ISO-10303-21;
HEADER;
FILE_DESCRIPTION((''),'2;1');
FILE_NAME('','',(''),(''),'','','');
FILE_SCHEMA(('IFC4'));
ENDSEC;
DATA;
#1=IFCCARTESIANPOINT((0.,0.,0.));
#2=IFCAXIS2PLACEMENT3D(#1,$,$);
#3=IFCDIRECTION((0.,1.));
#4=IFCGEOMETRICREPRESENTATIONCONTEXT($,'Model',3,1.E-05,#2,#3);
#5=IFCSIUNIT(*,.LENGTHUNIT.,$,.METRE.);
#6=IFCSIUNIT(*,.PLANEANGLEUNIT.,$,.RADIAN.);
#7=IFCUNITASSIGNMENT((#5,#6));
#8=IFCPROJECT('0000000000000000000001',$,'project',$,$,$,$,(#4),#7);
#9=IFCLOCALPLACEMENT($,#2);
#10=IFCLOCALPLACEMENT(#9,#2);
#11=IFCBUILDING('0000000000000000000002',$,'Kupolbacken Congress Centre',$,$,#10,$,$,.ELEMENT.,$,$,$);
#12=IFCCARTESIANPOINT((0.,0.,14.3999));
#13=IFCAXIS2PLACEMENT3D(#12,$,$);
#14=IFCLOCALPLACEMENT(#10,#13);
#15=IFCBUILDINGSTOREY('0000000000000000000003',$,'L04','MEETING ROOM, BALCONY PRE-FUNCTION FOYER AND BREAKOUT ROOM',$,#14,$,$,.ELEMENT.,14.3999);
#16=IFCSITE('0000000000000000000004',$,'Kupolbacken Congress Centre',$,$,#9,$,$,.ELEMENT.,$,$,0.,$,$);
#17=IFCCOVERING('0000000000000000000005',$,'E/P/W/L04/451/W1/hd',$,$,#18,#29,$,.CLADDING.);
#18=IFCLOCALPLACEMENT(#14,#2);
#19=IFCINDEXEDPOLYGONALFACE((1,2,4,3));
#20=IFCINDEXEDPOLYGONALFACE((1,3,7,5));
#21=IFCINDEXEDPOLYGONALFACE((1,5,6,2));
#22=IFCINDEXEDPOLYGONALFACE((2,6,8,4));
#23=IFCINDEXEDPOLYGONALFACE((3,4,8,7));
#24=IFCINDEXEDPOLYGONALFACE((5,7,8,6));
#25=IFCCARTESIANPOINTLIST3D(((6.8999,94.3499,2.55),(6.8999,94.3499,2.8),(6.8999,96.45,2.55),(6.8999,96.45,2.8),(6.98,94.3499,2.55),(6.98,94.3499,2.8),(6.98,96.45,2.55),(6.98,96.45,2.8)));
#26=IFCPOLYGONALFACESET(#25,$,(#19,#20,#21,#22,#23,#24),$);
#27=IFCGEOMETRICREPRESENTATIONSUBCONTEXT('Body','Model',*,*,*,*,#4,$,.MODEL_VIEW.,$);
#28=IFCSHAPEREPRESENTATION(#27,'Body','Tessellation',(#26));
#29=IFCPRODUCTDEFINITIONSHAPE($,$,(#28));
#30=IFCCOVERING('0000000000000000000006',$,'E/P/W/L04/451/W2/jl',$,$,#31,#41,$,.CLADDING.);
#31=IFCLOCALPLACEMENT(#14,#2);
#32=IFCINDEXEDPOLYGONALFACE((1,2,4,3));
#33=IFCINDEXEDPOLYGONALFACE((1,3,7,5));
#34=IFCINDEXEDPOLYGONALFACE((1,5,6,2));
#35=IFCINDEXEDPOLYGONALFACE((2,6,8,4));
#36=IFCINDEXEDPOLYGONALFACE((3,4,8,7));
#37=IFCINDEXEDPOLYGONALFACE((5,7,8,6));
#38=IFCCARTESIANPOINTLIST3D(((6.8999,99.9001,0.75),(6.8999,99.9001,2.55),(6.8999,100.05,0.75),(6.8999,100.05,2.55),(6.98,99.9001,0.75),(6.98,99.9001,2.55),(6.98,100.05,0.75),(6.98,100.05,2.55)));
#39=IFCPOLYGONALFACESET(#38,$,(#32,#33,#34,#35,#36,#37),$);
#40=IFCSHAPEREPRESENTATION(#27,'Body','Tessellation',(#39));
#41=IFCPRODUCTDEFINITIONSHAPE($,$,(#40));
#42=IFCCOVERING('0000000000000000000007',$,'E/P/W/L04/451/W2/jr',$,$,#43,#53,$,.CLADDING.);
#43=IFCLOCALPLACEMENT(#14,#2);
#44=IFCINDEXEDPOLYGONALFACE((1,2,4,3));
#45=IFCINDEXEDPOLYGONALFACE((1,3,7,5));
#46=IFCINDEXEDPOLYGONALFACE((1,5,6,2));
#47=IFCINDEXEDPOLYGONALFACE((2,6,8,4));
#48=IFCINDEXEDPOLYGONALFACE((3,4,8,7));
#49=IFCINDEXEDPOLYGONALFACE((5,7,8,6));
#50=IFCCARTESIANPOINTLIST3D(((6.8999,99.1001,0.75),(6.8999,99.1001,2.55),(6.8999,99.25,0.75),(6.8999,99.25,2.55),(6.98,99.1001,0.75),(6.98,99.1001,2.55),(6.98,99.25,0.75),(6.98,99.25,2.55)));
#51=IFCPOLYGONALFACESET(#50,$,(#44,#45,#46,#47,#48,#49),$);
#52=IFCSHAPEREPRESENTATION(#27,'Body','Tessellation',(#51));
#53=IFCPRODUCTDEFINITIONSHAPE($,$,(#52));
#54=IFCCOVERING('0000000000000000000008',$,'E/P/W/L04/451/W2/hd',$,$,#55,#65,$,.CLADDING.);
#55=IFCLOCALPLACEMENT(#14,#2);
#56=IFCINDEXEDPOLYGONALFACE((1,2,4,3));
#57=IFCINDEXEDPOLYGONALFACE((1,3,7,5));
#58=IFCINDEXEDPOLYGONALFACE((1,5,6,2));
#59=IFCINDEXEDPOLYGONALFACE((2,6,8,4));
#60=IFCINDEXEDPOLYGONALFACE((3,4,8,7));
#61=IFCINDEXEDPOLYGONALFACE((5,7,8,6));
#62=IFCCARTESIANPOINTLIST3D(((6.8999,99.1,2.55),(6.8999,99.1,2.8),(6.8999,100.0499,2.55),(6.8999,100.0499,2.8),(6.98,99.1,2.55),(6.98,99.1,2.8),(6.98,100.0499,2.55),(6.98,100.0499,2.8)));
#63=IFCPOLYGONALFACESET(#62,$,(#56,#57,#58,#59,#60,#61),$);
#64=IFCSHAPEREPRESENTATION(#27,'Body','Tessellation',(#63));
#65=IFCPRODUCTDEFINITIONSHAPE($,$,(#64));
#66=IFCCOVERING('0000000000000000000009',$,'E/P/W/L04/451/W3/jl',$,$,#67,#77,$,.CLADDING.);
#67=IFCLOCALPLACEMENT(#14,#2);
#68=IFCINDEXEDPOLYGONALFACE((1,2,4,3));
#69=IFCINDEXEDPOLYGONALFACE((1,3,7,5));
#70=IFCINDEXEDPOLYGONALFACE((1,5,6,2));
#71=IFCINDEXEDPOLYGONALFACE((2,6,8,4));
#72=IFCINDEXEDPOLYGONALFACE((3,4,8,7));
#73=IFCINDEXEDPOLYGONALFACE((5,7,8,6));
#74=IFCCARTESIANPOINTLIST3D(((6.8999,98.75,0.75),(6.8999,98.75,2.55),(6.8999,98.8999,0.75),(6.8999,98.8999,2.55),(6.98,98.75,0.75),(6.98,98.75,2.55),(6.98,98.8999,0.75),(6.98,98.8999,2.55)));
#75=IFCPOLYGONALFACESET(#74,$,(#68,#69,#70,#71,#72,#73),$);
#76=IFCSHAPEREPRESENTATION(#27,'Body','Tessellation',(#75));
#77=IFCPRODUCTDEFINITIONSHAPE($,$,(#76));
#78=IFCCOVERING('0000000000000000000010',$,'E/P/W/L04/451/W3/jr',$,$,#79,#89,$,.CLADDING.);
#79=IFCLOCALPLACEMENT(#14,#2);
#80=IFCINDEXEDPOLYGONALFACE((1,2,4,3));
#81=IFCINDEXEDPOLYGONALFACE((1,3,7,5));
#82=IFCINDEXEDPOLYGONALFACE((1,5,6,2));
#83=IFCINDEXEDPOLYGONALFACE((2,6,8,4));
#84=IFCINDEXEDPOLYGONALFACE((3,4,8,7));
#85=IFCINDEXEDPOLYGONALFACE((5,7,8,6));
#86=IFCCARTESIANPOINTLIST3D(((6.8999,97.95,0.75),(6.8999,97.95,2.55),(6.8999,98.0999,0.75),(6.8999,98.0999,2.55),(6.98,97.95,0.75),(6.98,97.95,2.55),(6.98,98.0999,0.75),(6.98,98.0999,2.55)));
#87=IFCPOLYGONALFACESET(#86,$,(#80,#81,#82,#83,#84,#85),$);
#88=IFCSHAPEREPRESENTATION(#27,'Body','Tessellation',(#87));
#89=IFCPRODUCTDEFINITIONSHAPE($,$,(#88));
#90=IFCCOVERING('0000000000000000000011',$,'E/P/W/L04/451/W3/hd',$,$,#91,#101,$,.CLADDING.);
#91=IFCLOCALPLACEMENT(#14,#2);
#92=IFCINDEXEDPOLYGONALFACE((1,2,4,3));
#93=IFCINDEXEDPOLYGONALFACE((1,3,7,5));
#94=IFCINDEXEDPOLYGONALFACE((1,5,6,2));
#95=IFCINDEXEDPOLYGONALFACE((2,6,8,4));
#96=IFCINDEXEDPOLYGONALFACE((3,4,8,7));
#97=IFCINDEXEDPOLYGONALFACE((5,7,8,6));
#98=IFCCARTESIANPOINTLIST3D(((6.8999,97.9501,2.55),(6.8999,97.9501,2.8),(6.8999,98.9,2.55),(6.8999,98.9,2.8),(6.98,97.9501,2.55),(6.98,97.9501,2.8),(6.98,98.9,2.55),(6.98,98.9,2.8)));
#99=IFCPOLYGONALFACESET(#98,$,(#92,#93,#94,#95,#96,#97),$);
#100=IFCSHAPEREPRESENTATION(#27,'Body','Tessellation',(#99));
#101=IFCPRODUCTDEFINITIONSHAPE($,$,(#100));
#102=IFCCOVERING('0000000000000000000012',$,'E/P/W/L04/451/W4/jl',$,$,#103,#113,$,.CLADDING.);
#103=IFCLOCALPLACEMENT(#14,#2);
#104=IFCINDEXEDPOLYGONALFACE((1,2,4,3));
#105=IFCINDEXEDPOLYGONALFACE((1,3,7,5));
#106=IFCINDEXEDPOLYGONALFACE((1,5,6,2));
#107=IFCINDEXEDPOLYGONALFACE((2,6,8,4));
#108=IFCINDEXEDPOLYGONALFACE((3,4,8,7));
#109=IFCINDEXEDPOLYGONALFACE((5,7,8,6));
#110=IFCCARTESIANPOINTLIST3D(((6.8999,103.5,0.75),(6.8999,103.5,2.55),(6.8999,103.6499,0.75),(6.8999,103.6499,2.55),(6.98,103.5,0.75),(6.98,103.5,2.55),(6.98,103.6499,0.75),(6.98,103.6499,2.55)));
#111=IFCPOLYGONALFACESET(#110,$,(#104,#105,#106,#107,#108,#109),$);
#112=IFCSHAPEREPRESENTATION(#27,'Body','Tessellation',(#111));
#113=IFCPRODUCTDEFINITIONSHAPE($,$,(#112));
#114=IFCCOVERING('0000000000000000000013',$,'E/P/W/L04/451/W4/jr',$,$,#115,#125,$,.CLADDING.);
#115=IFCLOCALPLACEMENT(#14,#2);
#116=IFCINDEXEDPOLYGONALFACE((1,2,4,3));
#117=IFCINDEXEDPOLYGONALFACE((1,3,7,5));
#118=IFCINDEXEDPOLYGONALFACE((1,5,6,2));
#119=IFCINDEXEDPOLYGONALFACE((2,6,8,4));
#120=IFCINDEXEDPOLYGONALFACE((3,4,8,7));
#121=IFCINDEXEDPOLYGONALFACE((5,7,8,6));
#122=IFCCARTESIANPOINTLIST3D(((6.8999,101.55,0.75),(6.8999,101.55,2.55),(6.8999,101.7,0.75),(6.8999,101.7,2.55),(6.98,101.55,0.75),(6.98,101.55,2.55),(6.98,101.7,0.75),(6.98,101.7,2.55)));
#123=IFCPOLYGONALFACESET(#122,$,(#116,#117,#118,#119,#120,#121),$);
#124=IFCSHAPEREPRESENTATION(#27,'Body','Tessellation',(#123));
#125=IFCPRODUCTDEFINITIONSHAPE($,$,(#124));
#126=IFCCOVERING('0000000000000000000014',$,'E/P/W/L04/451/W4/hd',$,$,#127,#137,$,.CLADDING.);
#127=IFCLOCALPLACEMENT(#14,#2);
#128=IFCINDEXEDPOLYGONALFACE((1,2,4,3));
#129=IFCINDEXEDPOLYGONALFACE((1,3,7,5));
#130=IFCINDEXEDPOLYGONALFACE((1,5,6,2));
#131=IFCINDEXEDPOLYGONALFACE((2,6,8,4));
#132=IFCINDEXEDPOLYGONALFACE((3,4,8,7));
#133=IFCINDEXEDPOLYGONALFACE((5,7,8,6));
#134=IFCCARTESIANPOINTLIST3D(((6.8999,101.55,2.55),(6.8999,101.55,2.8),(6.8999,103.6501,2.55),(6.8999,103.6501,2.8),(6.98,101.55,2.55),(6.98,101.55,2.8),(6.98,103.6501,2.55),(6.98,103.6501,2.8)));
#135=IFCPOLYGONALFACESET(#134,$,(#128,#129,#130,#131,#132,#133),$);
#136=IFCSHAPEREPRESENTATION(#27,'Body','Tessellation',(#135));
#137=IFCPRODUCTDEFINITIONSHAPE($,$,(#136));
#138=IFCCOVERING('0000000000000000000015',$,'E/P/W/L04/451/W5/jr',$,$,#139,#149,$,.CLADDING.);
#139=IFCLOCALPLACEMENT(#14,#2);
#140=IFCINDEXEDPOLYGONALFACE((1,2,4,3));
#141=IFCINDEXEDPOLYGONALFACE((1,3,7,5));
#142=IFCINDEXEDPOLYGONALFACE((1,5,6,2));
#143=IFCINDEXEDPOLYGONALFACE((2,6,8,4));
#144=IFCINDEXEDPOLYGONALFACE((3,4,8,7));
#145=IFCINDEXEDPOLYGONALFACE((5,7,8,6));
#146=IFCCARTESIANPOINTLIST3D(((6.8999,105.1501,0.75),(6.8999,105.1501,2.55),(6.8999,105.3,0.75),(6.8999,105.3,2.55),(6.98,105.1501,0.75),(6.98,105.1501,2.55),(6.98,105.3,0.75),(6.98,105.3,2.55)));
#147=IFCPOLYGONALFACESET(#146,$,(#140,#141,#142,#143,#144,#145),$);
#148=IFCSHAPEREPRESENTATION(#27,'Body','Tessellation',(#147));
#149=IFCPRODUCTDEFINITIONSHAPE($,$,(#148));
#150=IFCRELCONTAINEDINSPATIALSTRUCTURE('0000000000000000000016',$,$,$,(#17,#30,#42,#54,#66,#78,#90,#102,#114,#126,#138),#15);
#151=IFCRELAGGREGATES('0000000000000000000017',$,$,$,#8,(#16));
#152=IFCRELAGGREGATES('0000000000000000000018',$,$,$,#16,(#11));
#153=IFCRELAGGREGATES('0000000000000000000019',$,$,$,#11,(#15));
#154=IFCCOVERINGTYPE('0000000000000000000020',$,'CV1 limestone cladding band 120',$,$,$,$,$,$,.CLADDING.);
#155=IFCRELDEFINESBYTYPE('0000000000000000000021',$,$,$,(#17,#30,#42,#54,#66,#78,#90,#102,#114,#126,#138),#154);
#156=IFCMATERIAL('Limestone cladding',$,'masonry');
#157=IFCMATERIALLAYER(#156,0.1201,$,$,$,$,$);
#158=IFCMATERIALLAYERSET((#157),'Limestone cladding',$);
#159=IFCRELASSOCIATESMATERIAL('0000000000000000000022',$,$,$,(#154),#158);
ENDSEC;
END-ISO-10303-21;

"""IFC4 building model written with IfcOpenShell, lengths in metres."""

from ifc_helpers import new_model, si_unit, direction, frame, origin, origin_2d, place, context, subcontext, project, spatial, rectangle, extrude, material, layer, layer_set, type_object, element, save


model = new_model("IFC4")

# Units and contexts
model_context = context("Model", 3, precision=1e-05, world=origin(), true_north=direction((0.0, 1.0)))
body_context = subcontext(model_context, "Body", "Model", "MODEL_VIEW")
ifc_project = project(units=[si_unit("LENGTHUNIT", "METRE"), si_unit("PLANEANGLEUNIT", "RADIAN")], contexts=[model_context])

# Site, building, storey
site_placement = place(None, origin())
site = spatial("IfcSite", under=ifc_project, at=site_placement, Name="Kupolbacken Congress Centre", CompositionType="ELEMENT", RefElevation=0.0)
building_placement = place(site_placement, origin())
building = spatial("IfcBuilding", under=site, at=building_placement, Name="Kupolbacken Congress Centre", CompositionType="ELEMENT")
storey_placement = place(building_placement, frame((0.0, 0.0, 14.3999)))
storey = spatial("IfcBuildingStorey", under=building, at=storey_placement, Name="L04", Description="MEETING ROOM, BALCONY PRE-FUNCTION FOYER AND BREAKOUT ROOM", CompositionType="ELEMENT", Elevation=14.3999)

# Coverings
ifc_material_1 = material(Name="Limestone cladding", Category="masonry")
ifc_layer_1 = layer(ifc_material_1, 0.1201)
ifc_layer_set_1 = layer_set([ifc_layer_1], Name="Limestone cladding")
covering_type = type_object("IfcCoveringType", Name="CV1 limestone cladding band 120", PredefinedType="CLADDING", material=ifc_layer_set_1)
covering_1_placement = place(storey_placement, frame((6.9399, 95.3999, 2.55), z_axis=(0.0, 0.0, 1.0), x_axis=(0.0, -1.0, 0.0)))
element("IfcCovering", 1, at=covering_1_placement, inside=storey, type_object=covering_type, Name="E/P/W/L04/451/W1/hd", PredefinedType="CLADDING", context=body_context, shape_type="SweptSolid", body=[
    extrude(rectangle(XDim=2.1001, YDim=0.0801, at=origin_2d()), origin(), (0.0, 0.0, 1.0), 0.25),
])
for number, where, z_axis, x_axis, name in (
    (2, (6.9399, 99.9751, 0.75), (0.0, 0.0, 1.0), (0.0, -1.0, 0.0), "E/P/W/L04/451/W2/jl"),
    (3, (6.9399, 99.175, 0.75), (0.0, 0.0, 1.0), (0.0, -1.0, 0.0), "E/P/W/L04/451/W2/jr"),
):
    element("IfcCovering", number, at=place(storey_placement, frame(where, z_axis=z_axis, x_axis=x_axis)), inside=storey, type_object=covering_type, Name=name, PredefinedType="CLADDING", context=body_context, shape_type="SweptSolid", body=[
        extrude(rectangle(XDim=0.1499, YDim=0.0801, at=origin_2d()), origin(), (0.0, 0.0, 1.0), 1.8),
    ])
covering_2_placement = place(storey_placement, frame((6.9399, 99.575, 2.55), z_axis=(0.0, 0.0, 1.0), x_axis=(0.0, -1.0, 0.0)))
element("IfcCovering", 4, at=covering_2_placement, inside=storey, type_object=covering_type, Name="E/P/W/L04/451/W2/hd", PredefinedType="CLADDING", context=body_context, shape_type="SweptSolid", body=[
    extrude(rectangle(XDim=0.95, YDim=0.0801, at=origin_2d()), origin(), (0.0, 0.0, 1.0), 0.25),
])
for number, where, z_axis, x_axis, name in (
    (5, (6.9399, 98.825, 0.75), (0.0, 0.0, 1.0), (0.0, -1.0, 0.0), "E/P/W/L04/451/W3/jl"),
    (6, (6.9399, 98.0249, 0.75), (0.0, 0.0, 1.0), (0.0, -1.0, 0.0), "E/P/W/L04/451/W3/jr"),
):
    element("IfcCovering", number, at=place(storey_placement, frame(where, z_axis=z_axis, x_axis=x_axis)), inside=storey, type_object=covering_type, Name=name, PredefinedType="CLADDING", context=body_context, shape_type="SweptSolid", body=[
        extrude(rectangle(XDim=0.1499, YDim=0.0801, at=origin_2d()), origin(), (0.0, 0.0, 1.0), 1.8),
    ])
covering_3_placement = place(storey_placement, frame((6.9399, 98.425, 2.55), z_axis=(0.0, 0.0, 1.0), x_axis=(0.0, -1.0, 0.0)))
element("IfcCovering", 7, at=covering_3_placement, inside=storey, type_object=covering_type, Name="E/P/W/L04/451/W3/hd", PredefinedType="CLADDING", context=body_context, shape_type="SweptSolid", body=[
    extrude(rectangle(XDim=0.95, YDim=0.0801, at=origin_2d()), origin(), (0.0, 0.0, 1.0), 0.25),
])
for number, where, z_axis, x_axis, name in (
    (8, (6.9399, 103.575, 0.75), (0.0, 0.0, 1.0), (0.0, -1.0, 0.0), "E/P/W/L04/451/W4/jl"),
    (9, (6.9399, 101.625, 0.75), (0.0, 0.0, 1.0), (0.0, -1.0, 0.0), "E/P/W/L04/451/W4/jr"),
):
    element("IfcCovering", number, at=place(storey_placement, frame(where, z_axis=z_axis, x_axis=x_axis)), inside=storey, type_object=covering_type, Name=name, PredefinedType="CLADDING", context=body_context, shape_type="SweptSolid", body=[
        extrude(rectangle(XDim=0.1499, YDim=0.0801, at=origin_2d()), origin(), (0.0, 0.0, 1.0), 1.8),
    ])
covering_4_placement = place(storey_placement, frame((6.9399, 102.6001, 2.55), z_axis=(0.0, 0.0, 1.0), x_axis=(0.0, -1.0, 0.0)))
element("IfcCovering", 10, at=covering_4_placement, inside=storey, type_object=covering_type, Name="E/P/W/L04/451/W4/hd", PredefinedType="CLADDING", context=body_context, shape_type="SweptSolid", body=[
    extrude(rectangle(XDim=2.1001, YDim=0.0801, at=origin_2d()), origin(), (0.0, 0.0, 1.0), 0.25),
])
covering_5_placement = place(storey_placement, frame((6.9399, 105.2251, 0.75), z_axis=(0.0, 0.0, 1.0), x_axis=(0.0, -1.0, 0.0)))
element("IfcCovering", 11, at=covering_5_placement, inside=storey, type_object=covering_type, Name="E/P/W/L04/451/W5/jr", PredefinedType="CLADDING", context=body_context, shape_type="SweptSolid", body=[
    extrude(rectangle(XDim=0.1499, YDim=0.0801, at=origin_2d()), origin(), (0.0, 0.0, 1.0), 1.8),
])

save(model, "model.ifc")
